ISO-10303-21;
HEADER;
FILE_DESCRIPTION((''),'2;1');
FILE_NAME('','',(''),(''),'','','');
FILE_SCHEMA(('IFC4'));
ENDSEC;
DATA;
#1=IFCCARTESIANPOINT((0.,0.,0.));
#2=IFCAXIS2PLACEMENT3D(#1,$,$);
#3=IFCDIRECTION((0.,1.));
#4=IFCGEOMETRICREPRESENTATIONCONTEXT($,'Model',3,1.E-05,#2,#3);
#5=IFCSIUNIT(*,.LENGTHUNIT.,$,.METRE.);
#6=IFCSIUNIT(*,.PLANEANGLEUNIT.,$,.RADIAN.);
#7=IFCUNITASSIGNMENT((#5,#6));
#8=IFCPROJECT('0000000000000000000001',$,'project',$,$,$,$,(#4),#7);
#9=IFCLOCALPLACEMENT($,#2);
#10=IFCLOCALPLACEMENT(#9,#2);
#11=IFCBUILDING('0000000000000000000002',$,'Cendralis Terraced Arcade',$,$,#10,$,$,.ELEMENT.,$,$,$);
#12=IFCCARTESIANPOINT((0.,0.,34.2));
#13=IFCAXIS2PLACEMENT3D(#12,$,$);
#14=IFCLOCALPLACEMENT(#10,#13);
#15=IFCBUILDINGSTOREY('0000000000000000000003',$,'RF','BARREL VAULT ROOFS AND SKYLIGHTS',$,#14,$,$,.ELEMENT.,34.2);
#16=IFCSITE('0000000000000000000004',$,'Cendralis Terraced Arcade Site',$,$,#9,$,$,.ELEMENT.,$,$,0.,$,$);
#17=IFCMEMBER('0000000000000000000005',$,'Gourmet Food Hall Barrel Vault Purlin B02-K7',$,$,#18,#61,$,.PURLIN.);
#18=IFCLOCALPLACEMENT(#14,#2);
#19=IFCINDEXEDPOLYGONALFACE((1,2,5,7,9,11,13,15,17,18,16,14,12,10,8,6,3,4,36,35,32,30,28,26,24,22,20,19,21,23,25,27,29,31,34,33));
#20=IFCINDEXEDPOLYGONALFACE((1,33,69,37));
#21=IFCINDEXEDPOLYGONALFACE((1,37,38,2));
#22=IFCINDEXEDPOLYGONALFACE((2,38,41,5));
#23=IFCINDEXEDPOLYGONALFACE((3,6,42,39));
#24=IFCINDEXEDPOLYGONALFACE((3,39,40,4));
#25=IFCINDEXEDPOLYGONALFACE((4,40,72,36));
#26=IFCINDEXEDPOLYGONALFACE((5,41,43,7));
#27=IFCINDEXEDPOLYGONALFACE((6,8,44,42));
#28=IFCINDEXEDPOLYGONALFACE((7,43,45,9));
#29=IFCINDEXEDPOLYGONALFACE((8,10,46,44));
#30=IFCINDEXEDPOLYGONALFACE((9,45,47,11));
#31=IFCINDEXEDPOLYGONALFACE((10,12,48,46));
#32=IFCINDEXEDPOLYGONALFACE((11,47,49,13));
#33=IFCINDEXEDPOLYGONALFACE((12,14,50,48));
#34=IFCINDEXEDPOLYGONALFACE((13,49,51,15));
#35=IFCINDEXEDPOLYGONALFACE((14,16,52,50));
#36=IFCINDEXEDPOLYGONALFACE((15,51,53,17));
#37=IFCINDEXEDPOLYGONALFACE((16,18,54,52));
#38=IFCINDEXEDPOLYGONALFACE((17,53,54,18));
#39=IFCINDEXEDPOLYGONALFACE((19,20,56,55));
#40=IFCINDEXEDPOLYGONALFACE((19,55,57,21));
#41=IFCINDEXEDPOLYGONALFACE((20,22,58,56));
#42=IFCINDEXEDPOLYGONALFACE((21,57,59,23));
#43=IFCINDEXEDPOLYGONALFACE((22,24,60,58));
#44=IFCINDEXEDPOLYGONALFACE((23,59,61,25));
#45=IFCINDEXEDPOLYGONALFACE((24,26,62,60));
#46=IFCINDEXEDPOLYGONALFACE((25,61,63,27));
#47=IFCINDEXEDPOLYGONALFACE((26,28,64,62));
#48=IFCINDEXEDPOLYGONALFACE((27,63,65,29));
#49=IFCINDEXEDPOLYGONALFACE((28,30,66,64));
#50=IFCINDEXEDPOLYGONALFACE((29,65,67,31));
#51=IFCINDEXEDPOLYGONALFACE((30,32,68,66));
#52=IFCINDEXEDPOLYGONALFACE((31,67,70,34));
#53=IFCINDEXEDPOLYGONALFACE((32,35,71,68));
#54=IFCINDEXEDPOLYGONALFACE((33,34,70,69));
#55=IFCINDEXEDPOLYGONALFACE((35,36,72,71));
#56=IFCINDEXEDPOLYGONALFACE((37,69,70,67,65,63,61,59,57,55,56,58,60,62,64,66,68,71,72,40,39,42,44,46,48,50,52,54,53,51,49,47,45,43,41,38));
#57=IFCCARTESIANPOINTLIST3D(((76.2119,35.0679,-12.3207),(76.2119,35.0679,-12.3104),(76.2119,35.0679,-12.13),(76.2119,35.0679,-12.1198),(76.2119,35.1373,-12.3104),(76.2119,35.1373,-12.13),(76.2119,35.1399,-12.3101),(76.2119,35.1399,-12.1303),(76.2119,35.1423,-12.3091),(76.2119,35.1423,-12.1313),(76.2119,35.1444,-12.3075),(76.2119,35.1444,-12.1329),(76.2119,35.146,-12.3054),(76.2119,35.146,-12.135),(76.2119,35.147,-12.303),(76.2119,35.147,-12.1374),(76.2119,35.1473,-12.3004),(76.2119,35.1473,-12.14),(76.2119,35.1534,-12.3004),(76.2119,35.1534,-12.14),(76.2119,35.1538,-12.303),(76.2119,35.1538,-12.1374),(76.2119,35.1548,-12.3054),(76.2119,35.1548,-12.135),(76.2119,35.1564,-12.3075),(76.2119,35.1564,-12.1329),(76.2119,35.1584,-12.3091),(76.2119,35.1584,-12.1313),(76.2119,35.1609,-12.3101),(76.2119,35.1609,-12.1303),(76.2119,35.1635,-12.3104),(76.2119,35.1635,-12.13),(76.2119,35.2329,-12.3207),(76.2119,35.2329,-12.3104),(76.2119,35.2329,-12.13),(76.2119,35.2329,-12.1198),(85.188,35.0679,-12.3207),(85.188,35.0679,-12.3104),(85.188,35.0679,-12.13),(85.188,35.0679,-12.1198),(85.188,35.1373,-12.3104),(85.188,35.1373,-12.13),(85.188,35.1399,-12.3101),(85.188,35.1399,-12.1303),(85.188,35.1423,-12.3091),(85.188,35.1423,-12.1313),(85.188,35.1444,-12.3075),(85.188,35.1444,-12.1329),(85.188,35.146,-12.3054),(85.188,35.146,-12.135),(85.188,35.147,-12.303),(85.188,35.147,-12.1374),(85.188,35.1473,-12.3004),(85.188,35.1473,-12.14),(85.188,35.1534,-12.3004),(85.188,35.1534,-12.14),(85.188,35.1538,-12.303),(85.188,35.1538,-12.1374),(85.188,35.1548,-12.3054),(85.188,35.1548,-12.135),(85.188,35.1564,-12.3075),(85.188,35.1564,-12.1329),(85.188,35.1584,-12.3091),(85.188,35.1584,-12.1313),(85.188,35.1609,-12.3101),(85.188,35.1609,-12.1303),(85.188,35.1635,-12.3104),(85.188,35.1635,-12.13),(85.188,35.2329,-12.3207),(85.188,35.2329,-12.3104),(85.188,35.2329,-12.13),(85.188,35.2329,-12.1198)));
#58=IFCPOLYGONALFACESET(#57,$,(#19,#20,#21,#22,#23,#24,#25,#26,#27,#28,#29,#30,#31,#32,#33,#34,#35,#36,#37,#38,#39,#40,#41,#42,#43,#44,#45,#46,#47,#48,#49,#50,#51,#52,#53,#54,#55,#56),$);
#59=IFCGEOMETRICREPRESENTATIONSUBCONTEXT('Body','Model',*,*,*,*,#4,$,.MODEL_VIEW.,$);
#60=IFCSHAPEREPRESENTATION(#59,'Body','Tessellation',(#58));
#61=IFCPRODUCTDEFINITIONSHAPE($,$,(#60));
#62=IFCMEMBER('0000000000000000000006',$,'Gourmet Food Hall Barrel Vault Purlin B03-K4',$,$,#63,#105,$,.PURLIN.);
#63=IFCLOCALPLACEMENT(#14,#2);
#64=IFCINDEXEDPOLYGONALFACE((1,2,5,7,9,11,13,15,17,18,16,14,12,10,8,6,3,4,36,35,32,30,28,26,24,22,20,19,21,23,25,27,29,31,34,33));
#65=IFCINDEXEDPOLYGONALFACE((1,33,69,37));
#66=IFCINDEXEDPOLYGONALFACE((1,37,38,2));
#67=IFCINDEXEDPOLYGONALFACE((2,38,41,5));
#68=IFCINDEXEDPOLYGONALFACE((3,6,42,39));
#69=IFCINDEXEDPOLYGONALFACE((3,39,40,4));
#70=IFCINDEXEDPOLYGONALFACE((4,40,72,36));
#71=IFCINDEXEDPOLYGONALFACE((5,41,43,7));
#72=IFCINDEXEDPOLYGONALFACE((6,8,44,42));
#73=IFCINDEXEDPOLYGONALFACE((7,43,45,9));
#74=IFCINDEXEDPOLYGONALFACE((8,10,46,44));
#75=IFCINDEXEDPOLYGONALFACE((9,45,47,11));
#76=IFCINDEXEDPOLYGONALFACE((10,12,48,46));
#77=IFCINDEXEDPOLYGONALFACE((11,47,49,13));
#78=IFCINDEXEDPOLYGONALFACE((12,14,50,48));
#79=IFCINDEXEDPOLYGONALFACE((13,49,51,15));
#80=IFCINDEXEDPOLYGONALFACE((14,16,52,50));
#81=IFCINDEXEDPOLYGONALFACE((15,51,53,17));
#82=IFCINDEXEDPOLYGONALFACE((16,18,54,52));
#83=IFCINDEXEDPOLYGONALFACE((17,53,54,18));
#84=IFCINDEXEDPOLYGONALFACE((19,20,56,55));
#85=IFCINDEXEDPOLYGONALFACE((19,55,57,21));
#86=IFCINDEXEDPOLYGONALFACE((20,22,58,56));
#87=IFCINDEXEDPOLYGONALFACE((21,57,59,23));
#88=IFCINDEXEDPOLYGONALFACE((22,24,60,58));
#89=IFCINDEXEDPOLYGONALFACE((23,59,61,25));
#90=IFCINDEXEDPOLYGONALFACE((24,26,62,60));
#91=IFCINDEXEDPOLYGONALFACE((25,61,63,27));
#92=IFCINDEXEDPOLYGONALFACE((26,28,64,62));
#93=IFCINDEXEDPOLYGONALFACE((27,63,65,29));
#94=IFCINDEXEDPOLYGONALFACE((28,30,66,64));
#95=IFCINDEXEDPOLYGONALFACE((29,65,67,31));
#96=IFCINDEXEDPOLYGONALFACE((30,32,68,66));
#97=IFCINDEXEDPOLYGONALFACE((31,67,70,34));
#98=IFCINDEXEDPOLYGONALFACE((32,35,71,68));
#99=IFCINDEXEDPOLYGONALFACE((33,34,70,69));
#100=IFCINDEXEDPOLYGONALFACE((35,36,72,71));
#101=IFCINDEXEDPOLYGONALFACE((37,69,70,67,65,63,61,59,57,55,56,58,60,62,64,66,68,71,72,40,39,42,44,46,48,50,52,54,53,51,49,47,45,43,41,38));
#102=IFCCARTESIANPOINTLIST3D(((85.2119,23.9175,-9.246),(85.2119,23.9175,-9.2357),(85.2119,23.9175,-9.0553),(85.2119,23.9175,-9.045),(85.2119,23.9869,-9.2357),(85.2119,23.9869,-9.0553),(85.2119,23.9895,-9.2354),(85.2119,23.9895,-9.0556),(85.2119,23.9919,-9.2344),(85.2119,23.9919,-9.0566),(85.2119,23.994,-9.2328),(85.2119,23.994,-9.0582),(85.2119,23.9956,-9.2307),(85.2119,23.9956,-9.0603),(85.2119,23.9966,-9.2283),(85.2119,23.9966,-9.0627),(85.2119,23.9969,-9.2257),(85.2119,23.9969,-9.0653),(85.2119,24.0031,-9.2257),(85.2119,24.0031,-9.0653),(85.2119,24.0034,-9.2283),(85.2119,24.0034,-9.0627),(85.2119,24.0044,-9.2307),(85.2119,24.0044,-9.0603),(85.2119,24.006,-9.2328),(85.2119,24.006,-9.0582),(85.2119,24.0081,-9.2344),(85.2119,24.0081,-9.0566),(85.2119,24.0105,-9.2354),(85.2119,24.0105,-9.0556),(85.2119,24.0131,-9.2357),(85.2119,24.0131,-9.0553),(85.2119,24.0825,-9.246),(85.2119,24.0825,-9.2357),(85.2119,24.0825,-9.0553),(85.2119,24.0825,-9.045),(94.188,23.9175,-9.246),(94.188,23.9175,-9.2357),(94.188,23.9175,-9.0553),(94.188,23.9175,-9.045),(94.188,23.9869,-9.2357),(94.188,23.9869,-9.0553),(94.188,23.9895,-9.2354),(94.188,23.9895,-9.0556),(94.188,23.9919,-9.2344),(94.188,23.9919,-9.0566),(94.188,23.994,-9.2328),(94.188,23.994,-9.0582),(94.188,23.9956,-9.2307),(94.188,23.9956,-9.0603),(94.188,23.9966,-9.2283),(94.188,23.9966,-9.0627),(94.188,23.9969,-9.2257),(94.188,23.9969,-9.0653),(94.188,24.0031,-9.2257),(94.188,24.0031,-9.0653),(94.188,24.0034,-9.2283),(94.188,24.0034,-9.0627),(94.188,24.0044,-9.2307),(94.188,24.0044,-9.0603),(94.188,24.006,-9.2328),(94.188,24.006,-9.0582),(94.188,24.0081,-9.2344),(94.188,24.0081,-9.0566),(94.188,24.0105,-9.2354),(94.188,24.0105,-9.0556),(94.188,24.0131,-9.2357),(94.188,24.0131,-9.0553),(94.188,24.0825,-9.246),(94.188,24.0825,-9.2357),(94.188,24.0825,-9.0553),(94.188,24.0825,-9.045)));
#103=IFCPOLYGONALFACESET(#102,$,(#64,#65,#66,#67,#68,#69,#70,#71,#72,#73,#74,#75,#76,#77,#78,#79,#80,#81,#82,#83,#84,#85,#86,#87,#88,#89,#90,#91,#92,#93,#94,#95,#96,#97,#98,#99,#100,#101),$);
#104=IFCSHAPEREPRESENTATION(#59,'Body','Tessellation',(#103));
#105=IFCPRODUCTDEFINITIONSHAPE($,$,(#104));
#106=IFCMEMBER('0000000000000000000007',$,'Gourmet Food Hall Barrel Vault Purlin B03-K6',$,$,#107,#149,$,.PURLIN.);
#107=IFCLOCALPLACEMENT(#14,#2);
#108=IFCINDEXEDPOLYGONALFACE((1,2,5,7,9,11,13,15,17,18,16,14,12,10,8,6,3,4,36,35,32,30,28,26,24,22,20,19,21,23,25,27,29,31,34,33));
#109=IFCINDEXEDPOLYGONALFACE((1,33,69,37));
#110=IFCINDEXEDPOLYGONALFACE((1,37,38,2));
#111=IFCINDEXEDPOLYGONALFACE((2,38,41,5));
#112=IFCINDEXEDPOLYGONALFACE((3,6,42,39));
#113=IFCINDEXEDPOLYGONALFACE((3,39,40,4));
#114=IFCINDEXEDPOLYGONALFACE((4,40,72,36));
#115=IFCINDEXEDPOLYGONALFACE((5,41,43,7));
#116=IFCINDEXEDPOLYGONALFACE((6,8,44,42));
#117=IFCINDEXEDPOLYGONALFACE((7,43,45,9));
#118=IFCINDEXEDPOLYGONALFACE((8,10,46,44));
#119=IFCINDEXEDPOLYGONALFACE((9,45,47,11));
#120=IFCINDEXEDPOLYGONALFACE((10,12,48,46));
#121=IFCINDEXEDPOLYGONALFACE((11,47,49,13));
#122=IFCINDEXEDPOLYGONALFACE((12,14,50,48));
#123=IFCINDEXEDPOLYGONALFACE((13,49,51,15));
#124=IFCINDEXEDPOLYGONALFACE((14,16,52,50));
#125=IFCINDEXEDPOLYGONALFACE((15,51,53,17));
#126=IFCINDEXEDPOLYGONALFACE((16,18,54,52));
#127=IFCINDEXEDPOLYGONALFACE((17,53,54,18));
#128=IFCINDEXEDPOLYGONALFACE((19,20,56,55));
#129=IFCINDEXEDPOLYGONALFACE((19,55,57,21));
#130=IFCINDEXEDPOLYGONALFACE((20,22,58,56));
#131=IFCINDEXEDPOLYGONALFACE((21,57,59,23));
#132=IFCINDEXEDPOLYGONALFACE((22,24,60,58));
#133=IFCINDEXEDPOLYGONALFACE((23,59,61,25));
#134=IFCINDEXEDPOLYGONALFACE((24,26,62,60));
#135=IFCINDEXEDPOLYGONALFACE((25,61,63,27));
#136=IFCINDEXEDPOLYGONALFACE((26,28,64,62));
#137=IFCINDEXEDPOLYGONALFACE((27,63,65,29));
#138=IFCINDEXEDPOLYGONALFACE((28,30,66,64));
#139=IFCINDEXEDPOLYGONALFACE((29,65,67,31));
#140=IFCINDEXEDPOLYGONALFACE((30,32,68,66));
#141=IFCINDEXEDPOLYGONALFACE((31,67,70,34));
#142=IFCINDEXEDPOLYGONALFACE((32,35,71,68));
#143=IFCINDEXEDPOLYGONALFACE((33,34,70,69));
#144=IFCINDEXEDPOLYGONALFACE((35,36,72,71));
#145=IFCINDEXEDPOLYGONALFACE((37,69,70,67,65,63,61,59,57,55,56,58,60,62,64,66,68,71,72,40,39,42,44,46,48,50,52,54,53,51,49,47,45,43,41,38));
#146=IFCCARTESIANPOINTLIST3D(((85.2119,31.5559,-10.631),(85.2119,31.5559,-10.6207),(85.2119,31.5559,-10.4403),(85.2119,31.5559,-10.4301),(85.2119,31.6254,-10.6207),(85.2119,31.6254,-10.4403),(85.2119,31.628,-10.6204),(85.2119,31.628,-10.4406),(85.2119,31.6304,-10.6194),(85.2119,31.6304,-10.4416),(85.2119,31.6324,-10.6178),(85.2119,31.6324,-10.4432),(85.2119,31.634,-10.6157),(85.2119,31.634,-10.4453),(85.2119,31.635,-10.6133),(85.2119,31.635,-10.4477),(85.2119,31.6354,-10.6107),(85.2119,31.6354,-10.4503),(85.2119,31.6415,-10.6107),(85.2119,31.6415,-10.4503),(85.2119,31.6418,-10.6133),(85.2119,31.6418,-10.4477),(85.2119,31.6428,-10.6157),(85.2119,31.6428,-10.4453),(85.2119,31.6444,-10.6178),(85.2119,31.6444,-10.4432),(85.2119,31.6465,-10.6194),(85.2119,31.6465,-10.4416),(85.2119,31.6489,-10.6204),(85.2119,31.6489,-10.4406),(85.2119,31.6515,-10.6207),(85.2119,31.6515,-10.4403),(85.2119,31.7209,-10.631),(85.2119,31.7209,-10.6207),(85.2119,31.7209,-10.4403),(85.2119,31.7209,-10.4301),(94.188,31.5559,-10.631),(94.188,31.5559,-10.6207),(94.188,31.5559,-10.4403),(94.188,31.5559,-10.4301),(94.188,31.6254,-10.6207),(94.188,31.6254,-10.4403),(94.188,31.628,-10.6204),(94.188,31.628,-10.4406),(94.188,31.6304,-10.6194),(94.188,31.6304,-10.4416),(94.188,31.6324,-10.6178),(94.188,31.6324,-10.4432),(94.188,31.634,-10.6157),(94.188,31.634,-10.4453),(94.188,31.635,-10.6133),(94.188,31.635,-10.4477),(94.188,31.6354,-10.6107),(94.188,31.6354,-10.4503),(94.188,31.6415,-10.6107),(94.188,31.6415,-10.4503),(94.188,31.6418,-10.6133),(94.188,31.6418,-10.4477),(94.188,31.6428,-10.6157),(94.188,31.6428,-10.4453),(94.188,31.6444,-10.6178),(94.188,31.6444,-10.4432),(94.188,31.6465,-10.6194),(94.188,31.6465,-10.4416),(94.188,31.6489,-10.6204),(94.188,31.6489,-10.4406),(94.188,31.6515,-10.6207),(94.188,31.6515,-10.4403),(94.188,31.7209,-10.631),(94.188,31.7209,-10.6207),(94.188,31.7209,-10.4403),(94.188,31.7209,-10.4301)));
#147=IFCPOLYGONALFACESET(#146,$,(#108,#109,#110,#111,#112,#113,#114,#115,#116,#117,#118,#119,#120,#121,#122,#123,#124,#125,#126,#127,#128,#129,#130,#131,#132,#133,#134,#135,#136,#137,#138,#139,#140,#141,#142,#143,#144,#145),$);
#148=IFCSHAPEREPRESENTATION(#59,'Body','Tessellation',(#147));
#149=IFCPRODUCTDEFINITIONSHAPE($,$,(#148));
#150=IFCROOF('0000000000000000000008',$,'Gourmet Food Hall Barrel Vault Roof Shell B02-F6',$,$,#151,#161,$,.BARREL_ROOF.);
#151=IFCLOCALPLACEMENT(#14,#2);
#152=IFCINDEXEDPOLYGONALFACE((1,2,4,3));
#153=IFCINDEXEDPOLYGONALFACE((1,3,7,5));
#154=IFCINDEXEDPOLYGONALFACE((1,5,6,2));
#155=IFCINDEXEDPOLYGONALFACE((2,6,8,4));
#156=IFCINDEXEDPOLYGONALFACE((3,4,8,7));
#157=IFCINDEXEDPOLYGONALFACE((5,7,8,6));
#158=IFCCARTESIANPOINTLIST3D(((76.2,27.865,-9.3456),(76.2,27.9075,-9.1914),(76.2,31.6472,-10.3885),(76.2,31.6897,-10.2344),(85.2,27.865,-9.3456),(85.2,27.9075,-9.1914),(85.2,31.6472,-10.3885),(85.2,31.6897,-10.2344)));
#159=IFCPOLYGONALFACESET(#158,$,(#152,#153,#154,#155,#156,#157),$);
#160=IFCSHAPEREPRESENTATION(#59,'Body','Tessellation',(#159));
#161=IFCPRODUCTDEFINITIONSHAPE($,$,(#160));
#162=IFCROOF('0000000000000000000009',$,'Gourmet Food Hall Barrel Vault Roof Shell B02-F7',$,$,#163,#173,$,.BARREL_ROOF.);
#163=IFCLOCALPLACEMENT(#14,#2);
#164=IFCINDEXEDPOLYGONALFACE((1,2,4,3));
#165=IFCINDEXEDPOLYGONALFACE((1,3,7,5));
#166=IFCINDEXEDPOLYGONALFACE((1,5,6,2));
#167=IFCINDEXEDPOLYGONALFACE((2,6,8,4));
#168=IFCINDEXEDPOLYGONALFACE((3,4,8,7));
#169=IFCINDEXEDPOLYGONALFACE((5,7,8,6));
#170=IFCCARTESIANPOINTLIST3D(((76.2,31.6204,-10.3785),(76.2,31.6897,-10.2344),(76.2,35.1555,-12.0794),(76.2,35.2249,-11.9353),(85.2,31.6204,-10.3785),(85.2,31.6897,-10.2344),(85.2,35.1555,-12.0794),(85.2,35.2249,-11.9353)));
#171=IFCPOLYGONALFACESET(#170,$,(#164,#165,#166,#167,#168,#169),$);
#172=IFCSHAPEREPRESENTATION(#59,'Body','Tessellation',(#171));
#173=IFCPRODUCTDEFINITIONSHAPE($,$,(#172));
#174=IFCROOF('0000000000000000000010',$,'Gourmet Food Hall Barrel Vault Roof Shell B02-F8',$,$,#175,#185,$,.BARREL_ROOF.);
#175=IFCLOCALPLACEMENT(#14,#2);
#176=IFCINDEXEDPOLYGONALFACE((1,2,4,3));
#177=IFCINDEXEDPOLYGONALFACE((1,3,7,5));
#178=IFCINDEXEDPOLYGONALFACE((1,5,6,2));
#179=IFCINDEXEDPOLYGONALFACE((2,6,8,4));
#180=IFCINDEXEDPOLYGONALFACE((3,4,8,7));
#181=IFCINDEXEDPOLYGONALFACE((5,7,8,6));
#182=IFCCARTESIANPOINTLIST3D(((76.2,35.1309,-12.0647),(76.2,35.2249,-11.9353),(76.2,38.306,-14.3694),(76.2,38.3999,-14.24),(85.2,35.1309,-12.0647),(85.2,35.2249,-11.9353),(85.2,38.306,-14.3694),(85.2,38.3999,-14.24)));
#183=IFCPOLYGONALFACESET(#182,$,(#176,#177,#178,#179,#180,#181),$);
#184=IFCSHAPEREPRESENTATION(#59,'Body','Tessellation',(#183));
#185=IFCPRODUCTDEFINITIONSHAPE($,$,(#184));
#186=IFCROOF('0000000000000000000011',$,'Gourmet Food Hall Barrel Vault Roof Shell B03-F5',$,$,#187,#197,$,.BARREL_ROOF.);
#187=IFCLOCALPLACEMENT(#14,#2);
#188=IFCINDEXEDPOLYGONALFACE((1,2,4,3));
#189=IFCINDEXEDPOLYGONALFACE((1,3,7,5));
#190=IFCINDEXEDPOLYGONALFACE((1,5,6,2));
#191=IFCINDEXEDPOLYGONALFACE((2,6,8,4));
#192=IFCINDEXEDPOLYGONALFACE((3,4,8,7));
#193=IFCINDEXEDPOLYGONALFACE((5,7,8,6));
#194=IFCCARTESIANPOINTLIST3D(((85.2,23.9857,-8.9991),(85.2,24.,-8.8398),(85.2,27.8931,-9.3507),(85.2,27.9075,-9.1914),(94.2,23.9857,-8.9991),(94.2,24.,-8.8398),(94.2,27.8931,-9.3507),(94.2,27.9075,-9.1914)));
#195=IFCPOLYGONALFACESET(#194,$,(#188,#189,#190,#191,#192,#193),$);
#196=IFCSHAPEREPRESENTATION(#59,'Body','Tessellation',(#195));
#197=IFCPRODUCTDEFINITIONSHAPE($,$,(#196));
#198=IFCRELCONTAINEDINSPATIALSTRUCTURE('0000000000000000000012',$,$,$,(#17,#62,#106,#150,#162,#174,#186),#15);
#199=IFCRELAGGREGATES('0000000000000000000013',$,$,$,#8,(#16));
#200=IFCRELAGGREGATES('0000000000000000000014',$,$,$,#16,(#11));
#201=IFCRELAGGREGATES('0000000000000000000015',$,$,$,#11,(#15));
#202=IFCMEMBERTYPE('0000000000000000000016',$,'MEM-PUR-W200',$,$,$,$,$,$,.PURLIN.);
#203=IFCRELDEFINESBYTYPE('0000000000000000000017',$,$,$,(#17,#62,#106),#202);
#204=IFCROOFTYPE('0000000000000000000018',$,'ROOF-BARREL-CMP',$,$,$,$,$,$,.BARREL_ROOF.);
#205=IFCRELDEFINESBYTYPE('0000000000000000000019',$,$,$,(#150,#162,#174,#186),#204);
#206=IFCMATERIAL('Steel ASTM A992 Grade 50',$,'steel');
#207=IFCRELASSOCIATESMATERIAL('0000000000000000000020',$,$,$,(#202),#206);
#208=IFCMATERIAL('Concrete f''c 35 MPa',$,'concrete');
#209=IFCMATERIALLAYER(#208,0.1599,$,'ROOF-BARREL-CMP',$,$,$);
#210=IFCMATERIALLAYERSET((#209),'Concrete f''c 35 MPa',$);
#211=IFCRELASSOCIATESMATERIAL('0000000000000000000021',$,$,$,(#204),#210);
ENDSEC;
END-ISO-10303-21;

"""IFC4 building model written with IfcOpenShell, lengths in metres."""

from ifc_helpers import new_model, si_unit, direction, frame, origin, origin_2d, place, context, subcontext, project, spatial, polyline, i_section, outline, extrude, material, layer, layer_set, material_profile, profile_set, type_object, element, save


model = new_model("IFC4")

# Units and contexts
model_context = context("Model", 3, precision=1e-05, world=origin(), true_north=direction((0.0, 1.0)))
body_context = subcontext(model_context, "Body", "Model", "MODEL_VIEW")
ifc_project = project(units=[si_unit("LENGTHUNIT", "METRE"), si_unit("PLANEANGLEUNIT", "RADIAN")], contexts=[model_context])

# Site, building, storey
site_placement = place(None, origin())
site = spatial("IfcSite", under=ifc_project, at=site_placement, Name="Cendralis Terraced Arcade Site", CompositionType="ELEMENT", RefElevation=0.0)
building_placement = place(site_placement, origin())
building = spatial("IfcBuilding", under=site, at=building_placement, Name="Cendralis Terraced Arcade", CompositionType="ELEMENT")
storey_placement = place(building_placement, frame((0.0, 0.0, 34.2)))
storey = spatial("IfcBuildingStorey", under=building, at=storey_placement, Name="RF", Description="BARREL VAULT ROOFS AND SKYLIGHTS", CompositionType="ELEMENT", Elevation=34.2)

# Members
ifc_material_1 = material(Name="Steel ASTM A992 Grade 50", Category="steel")
ifc_material_profile_1 = material_profile(ifc_material_1, i_section(OverallWidth=0.165, OverallDepth=0.2009, WebThickness=0.0061, FlangeThickness=0.0103, FilletRadius=0.01, at=origin_2d()), Name="W200X35.9", Category="LoadBearing")
ifc_profile_set_1 = profile_set([ifc_material_profile_1], Name="Steel ASTM A992 Grade 50")
member_type_1 = type_object("IfcMemberType", Name="MEM-PUR-W200", PredefinedType="PURLIN", material=ifc_profile_set_1)
for number, where, z_axis, x_axis, name in (
    (1, (76.2119, 35.1504, -12.2202), (1.0, 0.0, 0.0), (0.0, 1.0, 0.0), "Gourmet Food Hall Barrel Vault Purlin B02-K7"),
    (2, (85.2119, 24.0, -9.1455), (1.0, 0.0, 0.0), (0.0, 1.0, 0.0), "Gourmet Food Hall Barrel Vault Purlin B03-K4"),
    (3, (85.2119, 31.6384, -10.5305), (1.0, 0.0, 0.0), (0.0, 1.0, 0.0), "Gourmet Food Hall Barrel Vault Purlin B03-K6"),
):
    element("IfcMember", number, at=place(storey_placement, frame(where, z_axis=z_axis, x_axis=x_axis)), inside=storey, type_object=member_type_1, Name=name, PredefinedType="PURLIN", context=body_context, shape_type="SweptSolid", body=[
        extrude(i_section(OverallWidth=0.165, OverallDepth=0.2009, WebThickness=0.0061, FlangeThickness=0.0103, FilletRadius=0.01, at=origin_2d()), origin(), (0.0, 0.0, 1.0), 8.9761),
    ])

# Roofs
ifc_material_2 = material(Name="Concrete f'c 35 MPa", Category="concrete")
ifc_layer_1 = layer(ifc_material_2, 0.1599, Name="ROOF-BARREL-CMP")
ifc_layer_set_1 = layer_set([ifc_layer_1], Name="Concrete f'c 35 MPa")
roof_type_1 = type_object("IfcRoofType", Name="ROOF-BARREL-CMP", PredefinedType="BARREL_ROOF", material=ifc_layer_set_1)
roof_1_placement = place(storey_placement, frame((76.2, 27.9075, -9.1914), z_axis=(0.0, 0.265833, 0.964019), x_axis=(1.0, 0.0, 0.0)))
element("IfcRoof", 4, at=roof_1_placement, inside=storey, type_object=roof_type_1, Name="Gourmet Food Hall Barrel Vault Roof Shell B02-F6", PredefinedType="BARREL_ROOF", context=body_context, shape_type="SweptSolid", body=[
    extrude(outline(polyline([(0.0, 0.0), (9.0, 0.0), (9.0, 3.9234), (0.0, 3.9234), (0.0, 0.0)])), origin(), (0.0, 0.0, -1.0), 0.1599),
])
roof_2_placement = place(storey_placement, frame((76.2, 31.6897, -10.2344), z_axis=(0.0, 0.43357, 0.90112), x_axis=(1.0, 0.0, 0.0)))
element("IfcRoof", 5, at=roof_2_placement, inside=storey, type_object=roof_type_1, Name="Gourmet Food Hall Barrel Vault Roof Shell B02-F7", PredefinedType="BARREL_ROOF", context=body_context, shape_type="SweptSolid", body=[
    extrude(outline(polyline([(0.0, 0.0), (9.0, 0.0), (9.0, 3.9231), (0.0, 3.9231), (0.0, 0.0)])), origin(), (0.0, 0.0, -1.0), 0.1599),
])
roof_3_placement = place(storey_placement, frame((76.2, 35.2249, -11.9353), z_axis=(0.0, 0.587431, 0.809274), x_axis=(1.0, 0.0, 0.0)))
element("IfcRoof", 6, at=roof_3_placement, inside=storey, type_object=roof_type_1, Name="Gourmet Food Hall Barrel Vault Roof Shell B02-F8", PredefinedType="BARREL_ROOF", context=body_context, shape_type="SweptSolid", body=[
    extrude(outline(polyline([(0.0, 0.0), (9.0, 0.0), (9.0, 3.9233), (0.0, 3.9233), (0.0, 0.0)])), origin(), (0.0, 0.0, -1.0), 0.1599),
])
roof_4_placement = place(storey_placement, frame((85.2, 24.0, -8.8398), z_axis=(0.0, 0.08961, 0.995977), x_axis=(1.0, 0.0, 0.0)))
element("IfcRoof", 7, at=roof_4_placement, inside=storey, type_object=roof_type_1, Name="Gourmet Food Hall Barrel Vault Roof Shell B03-F5", PredefinedType="BARREL_ROOF", context=body_context, shape_type="SweptSolid", body=[
    extrude(outline(polyline([(0.0, 0.0), (9.0, 0.0), (9.0, 3.9233), (0.0, 3.9233), (0.0, 0.0)])), origin(), (0.0, 0.0, -1.0), 0.1599),
])

save(model, "model.ifc")
